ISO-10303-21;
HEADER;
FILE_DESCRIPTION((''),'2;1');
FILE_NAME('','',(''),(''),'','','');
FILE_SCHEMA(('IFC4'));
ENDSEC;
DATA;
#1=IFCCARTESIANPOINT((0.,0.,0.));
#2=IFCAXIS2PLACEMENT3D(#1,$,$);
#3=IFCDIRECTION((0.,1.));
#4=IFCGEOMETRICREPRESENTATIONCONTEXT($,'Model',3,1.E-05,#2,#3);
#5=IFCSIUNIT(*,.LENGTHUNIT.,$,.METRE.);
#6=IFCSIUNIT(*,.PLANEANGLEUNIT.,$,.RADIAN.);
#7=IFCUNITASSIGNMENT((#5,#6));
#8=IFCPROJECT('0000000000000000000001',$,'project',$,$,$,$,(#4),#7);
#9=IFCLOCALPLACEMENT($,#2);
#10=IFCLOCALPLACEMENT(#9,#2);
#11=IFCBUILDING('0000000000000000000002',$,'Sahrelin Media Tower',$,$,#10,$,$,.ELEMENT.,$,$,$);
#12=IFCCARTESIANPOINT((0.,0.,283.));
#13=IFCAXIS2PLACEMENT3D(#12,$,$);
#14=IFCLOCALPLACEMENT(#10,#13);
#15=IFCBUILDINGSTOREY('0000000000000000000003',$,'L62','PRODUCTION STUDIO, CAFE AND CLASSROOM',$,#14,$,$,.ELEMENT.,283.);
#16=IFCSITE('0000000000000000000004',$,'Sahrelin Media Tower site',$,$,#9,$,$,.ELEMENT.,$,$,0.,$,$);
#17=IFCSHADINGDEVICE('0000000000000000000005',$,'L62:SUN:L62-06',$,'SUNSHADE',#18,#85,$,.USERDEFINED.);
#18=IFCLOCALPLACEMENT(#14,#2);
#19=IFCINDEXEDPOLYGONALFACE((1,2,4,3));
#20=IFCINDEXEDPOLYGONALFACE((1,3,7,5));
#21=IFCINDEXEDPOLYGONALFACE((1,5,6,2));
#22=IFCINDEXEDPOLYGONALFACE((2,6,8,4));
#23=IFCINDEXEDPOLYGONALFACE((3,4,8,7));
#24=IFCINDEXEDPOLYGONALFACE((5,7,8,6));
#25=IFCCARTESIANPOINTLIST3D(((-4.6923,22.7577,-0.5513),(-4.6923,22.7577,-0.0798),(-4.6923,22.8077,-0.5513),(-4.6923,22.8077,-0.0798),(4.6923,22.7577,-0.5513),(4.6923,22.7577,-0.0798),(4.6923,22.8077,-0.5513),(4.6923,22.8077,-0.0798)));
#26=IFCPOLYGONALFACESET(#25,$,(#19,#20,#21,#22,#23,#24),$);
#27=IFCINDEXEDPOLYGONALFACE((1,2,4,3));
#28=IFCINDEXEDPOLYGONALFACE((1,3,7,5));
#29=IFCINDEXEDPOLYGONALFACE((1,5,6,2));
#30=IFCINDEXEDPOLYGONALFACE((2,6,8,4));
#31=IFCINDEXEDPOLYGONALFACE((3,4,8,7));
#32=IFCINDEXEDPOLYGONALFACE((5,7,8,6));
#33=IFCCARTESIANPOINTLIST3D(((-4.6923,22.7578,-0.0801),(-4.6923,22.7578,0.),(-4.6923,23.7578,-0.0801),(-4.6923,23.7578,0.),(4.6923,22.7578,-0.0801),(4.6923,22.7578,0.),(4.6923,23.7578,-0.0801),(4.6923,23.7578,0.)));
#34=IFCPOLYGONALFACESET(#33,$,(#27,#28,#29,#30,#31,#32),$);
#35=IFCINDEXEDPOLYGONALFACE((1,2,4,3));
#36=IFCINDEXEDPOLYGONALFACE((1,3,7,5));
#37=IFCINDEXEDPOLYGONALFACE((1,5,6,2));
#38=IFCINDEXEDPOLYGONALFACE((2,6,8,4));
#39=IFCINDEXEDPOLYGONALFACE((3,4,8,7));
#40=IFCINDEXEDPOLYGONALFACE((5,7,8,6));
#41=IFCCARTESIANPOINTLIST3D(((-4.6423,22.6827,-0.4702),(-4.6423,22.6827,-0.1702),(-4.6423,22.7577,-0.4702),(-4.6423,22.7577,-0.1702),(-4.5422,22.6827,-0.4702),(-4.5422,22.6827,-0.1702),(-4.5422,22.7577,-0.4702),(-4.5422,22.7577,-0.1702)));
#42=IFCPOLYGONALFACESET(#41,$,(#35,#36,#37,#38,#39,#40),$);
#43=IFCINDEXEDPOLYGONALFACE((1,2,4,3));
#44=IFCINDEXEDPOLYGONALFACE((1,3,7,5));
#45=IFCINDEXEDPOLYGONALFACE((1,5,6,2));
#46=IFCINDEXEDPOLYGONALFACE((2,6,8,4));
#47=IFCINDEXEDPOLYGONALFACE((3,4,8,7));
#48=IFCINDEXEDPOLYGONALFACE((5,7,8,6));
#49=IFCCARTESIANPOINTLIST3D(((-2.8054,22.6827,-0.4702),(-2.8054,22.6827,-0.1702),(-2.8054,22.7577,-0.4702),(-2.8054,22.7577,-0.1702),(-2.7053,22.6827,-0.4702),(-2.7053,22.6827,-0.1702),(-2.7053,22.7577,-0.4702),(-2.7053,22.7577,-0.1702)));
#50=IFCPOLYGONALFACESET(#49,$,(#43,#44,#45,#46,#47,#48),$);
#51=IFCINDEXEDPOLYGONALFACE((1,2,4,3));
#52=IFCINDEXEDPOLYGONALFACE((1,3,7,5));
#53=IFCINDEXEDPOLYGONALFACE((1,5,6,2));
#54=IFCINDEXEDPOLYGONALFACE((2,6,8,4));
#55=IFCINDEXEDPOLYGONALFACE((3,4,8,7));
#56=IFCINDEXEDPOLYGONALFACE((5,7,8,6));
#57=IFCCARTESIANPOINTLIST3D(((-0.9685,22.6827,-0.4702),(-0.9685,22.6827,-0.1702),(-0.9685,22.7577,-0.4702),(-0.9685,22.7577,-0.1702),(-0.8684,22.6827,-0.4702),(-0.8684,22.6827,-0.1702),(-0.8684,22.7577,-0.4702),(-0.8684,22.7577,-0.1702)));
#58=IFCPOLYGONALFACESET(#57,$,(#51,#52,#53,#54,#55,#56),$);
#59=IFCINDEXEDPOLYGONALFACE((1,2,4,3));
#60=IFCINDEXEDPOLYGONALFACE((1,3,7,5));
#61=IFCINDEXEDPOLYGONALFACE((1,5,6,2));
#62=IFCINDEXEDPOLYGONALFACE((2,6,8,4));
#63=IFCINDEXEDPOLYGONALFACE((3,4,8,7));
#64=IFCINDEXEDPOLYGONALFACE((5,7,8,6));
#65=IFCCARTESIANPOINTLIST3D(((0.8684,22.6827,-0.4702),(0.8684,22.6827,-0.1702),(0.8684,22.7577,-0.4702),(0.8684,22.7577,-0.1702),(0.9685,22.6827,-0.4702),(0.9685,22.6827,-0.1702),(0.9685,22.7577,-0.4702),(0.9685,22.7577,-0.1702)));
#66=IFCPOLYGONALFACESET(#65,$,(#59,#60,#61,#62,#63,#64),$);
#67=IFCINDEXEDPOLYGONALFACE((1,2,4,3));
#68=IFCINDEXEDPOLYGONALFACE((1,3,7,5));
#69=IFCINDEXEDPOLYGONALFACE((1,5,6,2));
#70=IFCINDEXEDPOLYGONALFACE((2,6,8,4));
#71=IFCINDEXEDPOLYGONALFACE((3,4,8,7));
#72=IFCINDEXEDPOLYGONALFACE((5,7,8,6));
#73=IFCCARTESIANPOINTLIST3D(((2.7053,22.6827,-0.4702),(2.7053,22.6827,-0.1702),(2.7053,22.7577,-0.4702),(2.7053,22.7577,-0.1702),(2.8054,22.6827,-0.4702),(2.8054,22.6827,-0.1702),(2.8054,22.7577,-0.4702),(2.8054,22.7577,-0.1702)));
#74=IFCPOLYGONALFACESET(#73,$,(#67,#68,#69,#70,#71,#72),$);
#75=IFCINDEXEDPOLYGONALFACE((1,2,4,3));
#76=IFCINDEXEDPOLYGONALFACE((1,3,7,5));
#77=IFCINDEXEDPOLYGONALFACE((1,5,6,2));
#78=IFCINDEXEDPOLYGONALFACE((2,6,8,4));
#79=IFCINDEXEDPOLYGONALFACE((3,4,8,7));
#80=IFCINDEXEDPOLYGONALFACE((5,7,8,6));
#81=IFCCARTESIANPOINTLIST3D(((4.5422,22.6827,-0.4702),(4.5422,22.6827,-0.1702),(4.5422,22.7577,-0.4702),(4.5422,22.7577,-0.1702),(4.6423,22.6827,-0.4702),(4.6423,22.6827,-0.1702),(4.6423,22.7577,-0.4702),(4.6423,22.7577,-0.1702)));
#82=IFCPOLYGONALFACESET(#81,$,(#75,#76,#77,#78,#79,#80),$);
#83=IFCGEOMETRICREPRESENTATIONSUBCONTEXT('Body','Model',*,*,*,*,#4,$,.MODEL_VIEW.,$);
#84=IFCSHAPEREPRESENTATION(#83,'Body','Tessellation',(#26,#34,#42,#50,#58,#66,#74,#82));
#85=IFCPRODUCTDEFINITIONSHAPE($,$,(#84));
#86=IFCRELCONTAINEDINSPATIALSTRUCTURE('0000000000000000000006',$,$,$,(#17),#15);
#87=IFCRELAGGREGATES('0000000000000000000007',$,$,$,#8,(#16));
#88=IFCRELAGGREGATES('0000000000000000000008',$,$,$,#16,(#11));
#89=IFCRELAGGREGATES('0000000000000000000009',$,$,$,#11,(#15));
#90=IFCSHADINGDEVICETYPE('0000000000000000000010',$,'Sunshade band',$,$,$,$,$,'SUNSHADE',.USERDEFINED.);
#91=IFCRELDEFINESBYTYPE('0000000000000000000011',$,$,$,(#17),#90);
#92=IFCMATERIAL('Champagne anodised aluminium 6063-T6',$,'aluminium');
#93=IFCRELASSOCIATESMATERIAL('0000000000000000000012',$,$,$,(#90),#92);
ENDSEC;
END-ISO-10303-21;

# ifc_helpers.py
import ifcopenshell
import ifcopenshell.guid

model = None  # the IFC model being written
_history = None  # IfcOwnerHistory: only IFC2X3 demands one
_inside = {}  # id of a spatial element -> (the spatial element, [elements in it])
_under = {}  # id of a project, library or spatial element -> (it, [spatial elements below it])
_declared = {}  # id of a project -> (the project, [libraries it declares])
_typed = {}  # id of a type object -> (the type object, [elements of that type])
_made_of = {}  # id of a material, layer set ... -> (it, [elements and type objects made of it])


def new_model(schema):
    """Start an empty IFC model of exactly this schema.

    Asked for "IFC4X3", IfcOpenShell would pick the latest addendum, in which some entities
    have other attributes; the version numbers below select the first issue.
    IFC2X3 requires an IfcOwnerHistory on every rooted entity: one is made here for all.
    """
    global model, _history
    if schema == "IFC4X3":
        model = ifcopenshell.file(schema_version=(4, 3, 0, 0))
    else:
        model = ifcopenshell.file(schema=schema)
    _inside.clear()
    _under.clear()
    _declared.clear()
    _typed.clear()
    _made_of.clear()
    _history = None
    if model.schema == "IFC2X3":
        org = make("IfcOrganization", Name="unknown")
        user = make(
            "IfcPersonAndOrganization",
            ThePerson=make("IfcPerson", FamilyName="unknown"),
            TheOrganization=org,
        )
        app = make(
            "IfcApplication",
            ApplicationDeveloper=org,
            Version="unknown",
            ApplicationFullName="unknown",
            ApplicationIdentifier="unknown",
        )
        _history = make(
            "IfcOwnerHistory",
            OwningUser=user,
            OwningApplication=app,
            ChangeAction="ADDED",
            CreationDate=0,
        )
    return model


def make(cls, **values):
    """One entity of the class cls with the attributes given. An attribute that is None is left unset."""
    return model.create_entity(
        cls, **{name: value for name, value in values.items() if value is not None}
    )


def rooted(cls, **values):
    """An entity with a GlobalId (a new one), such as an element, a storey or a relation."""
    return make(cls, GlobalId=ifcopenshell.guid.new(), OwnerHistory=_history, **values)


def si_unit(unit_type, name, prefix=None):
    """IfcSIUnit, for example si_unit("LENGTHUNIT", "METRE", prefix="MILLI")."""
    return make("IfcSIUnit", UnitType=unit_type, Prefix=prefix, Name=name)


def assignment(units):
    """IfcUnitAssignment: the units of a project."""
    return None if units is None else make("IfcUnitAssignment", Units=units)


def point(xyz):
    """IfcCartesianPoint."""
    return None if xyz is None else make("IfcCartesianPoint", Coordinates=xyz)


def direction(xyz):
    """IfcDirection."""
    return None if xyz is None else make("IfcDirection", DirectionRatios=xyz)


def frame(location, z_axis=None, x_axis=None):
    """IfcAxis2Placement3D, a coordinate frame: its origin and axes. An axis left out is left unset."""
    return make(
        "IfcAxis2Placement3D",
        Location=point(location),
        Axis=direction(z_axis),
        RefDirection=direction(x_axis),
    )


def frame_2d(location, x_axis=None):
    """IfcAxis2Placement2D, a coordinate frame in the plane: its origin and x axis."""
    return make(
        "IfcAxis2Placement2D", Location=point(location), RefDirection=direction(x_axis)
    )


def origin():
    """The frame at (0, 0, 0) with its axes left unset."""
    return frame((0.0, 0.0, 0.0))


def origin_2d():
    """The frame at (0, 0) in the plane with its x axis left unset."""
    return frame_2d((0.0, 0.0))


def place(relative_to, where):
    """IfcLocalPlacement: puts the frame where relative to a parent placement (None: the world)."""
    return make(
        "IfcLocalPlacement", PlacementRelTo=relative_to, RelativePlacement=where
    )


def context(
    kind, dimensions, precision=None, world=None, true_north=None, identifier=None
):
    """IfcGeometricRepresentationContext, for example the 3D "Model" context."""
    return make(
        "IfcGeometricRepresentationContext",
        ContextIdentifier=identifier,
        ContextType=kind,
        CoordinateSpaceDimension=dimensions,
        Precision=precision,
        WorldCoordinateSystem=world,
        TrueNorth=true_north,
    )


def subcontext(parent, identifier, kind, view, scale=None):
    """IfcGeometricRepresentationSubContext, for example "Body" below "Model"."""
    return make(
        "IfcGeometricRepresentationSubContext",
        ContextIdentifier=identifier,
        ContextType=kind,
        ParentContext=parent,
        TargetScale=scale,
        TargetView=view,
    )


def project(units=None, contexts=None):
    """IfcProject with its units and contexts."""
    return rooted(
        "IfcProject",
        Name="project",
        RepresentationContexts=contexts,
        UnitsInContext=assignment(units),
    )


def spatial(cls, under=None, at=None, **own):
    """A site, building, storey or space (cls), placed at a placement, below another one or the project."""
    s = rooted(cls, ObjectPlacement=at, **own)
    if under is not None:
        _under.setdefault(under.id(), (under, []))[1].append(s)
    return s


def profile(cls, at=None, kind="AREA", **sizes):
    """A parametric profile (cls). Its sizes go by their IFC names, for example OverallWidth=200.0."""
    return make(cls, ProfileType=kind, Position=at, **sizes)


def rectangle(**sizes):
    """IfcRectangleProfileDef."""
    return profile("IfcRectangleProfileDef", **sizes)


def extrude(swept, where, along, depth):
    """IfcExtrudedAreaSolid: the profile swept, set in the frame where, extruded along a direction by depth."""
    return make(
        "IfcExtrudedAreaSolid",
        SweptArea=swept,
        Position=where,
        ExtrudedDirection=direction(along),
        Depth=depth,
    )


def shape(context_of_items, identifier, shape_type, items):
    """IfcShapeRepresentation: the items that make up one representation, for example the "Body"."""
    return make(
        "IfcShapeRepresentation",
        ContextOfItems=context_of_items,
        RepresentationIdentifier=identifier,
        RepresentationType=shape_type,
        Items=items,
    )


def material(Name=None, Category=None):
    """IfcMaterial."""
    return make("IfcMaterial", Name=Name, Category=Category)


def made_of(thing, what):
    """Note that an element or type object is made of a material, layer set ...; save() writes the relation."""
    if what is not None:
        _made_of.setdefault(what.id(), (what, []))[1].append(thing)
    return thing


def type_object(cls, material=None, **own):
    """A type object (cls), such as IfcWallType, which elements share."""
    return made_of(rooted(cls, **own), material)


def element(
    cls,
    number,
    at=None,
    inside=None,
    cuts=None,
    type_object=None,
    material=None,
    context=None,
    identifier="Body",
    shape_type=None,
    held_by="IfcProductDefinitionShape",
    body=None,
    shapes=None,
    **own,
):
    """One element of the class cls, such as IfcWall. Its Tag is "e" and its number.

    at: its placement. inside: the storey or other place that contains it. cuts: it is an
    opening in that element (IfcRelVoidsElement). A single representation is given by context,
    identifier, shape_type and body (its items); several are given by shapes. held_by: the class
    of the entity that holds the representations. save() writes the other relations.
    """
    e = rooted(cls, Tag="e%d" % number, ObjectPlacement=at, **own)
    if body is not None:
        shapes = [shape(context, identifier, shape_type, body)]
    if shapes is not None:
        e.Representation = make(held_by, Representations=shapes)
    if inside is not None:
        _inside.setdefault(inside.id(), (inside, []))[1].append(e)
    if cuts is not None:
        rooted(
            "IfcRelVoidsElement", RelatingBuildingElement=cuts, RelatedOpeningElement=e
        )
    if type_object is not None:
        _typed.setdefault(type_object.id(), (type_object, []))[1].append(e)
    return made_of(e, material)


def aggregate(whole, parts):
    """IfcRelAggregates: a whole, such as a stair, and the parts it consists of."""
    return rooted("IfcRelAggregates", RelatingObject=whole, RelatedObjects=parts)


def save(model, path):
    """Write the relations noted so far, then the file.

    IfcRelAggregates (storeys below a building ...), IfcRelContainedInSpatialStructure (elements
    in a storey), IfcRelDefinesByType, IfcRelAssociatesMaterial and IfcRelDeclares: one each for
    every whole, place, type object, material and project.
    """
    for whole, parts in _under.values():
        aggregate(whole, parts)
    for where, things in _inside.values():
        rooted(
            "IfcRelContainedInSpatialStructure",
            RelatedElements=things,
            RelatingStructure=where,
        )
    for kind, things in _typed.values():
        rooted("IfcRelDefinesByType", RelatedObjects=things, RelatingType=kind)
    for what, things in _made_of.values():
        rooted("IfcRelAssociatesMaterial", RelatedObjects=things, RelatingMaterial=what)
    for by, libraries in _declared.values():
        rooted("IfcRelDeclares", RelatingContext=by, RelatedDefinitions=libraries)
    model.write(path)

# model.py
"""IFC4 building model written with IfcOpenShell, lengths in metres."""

from ifc_helpers import new_model, si_unit, direction, frame, origin, origin_2d, place, context, subcontext, project, spatial, rectangle, extrude, material, type_object, element, save


model = new_model("IFC4")

# Units and contexts
model_context = context("Model", 3, precision=1e-05, world=origin(), true_north=direction((0.0, 1.0)))
body_context = subcontext(model_context, "Body", "Model", "MODEL_VIEW")
ifc_project = project(units=[si_unit("LENGTHUNIT", "METRE"), si_unit("PLANEANGLEUNIT", "RADIAN")], contexts=[model_context])

# Site, building, storey
site_placement = place(None, origin())
site = spatial("IfcSite", under=ifc_project, at=site_placement, Name="Sahrelin Media Tower site", CompositionType="ELEMENT", RefElevation=0.0)
building_placement = place(site_placement, origin())
building = spatial("IfcBuilding", under=site, at=building_placement, Name="Sahrelin Media Tower", CompositionType="ELEMENT")
storey_placement = place(building_placement, frame((0.0, 0.0, 283.0)))
storey = spatial("IfcBuildingStorey", under=building, at=storey_placement, Name="L62", Description="PRODUCTION STUDIO, CAFE AND CLASSROOM", CompositionType="ELEMENT", Elevation=283.0)

# Shared definitions
ifc_material_1 = material(Name="Champagne anodised aluminium 6063-T6", Category="aluminium")
placement_1 = place(storey_placement, frame((0.0, 22.7378, 0.0), z_axis=(0.0, 0.0, 1.0), x_axis=(1.0, 0.0, 0.0)))

# Shading device
shading_device_type_1 = type_object("IfcShadingDeviceType", Name="Sunshade band", ElementType="SUNSHADE", PredefinedType="USERDEFINED", material=ifc_material_1)
element("IfcShadingDevice", 1, at=placement_1, inside=storey, type_object=shading_device_type_1, Name="L62:SUN:L62-06", ObjectType="SUNSHADE", PredefinedType="USERDEFINED", context=body_context, shape_type="SweptSolid", body=[
    extrude(rectangle(XDim=9.3845, YDim=0.05, at=origin_2d()), frame((0.0, 0.0449, -0.5513)), (0.0, 0.0, 1.0), 0.4714),
    extrude(rectangle(XDim=9.3845, YDim=1.0, at=origin_2d()), frame((0.0, 0.52, -0.0801)), (0.0, 0.0, 1.0), 0.0801),
    extrude(rectangle(XDim=0.1001, YDim=0.075, at=origin_2d()), frame((-4.5923, -0.0176, -0.4702)), (0.0, 0.0, 1.0), 0.3),
    extrude(rectangle(XDim=0.1001, YDim=0.075, at=origin_2d()), frame((-2.7554, -0.0176, -0.4702)), (0.0, 0.0, 1.0), 0.3),
    extrude(rectangle(XDim=0.1001, YDim=0.075, at=origin_2d()), frame((-0.9185, -0.0176, -0.4702)), (0.0, 0.0, 1.0), 0.3),
    extrude(rectangle(XDim=0.1001, YDim=0.075, at=origin_2d()), frame((0.9185, -0.0176, -0.4702)), (0.0, 0.0, 1.0), 0.3),
    extrude(rectangle(XDim=0.1001, YDim=0.075, at=origin_2d()), frame((2.7554, -0.0176, -0.4702)), (0.0, 0.0, 1.0), 0.3),
    extrude(rectangle(XDim=0.1001, YDim=0.075, at=origin_2d()), frame((4.5923, -0.0176, -0.4702)), (0.0, 0.0, 1.0), 0.3),
])

save(model, "model.ifc")
